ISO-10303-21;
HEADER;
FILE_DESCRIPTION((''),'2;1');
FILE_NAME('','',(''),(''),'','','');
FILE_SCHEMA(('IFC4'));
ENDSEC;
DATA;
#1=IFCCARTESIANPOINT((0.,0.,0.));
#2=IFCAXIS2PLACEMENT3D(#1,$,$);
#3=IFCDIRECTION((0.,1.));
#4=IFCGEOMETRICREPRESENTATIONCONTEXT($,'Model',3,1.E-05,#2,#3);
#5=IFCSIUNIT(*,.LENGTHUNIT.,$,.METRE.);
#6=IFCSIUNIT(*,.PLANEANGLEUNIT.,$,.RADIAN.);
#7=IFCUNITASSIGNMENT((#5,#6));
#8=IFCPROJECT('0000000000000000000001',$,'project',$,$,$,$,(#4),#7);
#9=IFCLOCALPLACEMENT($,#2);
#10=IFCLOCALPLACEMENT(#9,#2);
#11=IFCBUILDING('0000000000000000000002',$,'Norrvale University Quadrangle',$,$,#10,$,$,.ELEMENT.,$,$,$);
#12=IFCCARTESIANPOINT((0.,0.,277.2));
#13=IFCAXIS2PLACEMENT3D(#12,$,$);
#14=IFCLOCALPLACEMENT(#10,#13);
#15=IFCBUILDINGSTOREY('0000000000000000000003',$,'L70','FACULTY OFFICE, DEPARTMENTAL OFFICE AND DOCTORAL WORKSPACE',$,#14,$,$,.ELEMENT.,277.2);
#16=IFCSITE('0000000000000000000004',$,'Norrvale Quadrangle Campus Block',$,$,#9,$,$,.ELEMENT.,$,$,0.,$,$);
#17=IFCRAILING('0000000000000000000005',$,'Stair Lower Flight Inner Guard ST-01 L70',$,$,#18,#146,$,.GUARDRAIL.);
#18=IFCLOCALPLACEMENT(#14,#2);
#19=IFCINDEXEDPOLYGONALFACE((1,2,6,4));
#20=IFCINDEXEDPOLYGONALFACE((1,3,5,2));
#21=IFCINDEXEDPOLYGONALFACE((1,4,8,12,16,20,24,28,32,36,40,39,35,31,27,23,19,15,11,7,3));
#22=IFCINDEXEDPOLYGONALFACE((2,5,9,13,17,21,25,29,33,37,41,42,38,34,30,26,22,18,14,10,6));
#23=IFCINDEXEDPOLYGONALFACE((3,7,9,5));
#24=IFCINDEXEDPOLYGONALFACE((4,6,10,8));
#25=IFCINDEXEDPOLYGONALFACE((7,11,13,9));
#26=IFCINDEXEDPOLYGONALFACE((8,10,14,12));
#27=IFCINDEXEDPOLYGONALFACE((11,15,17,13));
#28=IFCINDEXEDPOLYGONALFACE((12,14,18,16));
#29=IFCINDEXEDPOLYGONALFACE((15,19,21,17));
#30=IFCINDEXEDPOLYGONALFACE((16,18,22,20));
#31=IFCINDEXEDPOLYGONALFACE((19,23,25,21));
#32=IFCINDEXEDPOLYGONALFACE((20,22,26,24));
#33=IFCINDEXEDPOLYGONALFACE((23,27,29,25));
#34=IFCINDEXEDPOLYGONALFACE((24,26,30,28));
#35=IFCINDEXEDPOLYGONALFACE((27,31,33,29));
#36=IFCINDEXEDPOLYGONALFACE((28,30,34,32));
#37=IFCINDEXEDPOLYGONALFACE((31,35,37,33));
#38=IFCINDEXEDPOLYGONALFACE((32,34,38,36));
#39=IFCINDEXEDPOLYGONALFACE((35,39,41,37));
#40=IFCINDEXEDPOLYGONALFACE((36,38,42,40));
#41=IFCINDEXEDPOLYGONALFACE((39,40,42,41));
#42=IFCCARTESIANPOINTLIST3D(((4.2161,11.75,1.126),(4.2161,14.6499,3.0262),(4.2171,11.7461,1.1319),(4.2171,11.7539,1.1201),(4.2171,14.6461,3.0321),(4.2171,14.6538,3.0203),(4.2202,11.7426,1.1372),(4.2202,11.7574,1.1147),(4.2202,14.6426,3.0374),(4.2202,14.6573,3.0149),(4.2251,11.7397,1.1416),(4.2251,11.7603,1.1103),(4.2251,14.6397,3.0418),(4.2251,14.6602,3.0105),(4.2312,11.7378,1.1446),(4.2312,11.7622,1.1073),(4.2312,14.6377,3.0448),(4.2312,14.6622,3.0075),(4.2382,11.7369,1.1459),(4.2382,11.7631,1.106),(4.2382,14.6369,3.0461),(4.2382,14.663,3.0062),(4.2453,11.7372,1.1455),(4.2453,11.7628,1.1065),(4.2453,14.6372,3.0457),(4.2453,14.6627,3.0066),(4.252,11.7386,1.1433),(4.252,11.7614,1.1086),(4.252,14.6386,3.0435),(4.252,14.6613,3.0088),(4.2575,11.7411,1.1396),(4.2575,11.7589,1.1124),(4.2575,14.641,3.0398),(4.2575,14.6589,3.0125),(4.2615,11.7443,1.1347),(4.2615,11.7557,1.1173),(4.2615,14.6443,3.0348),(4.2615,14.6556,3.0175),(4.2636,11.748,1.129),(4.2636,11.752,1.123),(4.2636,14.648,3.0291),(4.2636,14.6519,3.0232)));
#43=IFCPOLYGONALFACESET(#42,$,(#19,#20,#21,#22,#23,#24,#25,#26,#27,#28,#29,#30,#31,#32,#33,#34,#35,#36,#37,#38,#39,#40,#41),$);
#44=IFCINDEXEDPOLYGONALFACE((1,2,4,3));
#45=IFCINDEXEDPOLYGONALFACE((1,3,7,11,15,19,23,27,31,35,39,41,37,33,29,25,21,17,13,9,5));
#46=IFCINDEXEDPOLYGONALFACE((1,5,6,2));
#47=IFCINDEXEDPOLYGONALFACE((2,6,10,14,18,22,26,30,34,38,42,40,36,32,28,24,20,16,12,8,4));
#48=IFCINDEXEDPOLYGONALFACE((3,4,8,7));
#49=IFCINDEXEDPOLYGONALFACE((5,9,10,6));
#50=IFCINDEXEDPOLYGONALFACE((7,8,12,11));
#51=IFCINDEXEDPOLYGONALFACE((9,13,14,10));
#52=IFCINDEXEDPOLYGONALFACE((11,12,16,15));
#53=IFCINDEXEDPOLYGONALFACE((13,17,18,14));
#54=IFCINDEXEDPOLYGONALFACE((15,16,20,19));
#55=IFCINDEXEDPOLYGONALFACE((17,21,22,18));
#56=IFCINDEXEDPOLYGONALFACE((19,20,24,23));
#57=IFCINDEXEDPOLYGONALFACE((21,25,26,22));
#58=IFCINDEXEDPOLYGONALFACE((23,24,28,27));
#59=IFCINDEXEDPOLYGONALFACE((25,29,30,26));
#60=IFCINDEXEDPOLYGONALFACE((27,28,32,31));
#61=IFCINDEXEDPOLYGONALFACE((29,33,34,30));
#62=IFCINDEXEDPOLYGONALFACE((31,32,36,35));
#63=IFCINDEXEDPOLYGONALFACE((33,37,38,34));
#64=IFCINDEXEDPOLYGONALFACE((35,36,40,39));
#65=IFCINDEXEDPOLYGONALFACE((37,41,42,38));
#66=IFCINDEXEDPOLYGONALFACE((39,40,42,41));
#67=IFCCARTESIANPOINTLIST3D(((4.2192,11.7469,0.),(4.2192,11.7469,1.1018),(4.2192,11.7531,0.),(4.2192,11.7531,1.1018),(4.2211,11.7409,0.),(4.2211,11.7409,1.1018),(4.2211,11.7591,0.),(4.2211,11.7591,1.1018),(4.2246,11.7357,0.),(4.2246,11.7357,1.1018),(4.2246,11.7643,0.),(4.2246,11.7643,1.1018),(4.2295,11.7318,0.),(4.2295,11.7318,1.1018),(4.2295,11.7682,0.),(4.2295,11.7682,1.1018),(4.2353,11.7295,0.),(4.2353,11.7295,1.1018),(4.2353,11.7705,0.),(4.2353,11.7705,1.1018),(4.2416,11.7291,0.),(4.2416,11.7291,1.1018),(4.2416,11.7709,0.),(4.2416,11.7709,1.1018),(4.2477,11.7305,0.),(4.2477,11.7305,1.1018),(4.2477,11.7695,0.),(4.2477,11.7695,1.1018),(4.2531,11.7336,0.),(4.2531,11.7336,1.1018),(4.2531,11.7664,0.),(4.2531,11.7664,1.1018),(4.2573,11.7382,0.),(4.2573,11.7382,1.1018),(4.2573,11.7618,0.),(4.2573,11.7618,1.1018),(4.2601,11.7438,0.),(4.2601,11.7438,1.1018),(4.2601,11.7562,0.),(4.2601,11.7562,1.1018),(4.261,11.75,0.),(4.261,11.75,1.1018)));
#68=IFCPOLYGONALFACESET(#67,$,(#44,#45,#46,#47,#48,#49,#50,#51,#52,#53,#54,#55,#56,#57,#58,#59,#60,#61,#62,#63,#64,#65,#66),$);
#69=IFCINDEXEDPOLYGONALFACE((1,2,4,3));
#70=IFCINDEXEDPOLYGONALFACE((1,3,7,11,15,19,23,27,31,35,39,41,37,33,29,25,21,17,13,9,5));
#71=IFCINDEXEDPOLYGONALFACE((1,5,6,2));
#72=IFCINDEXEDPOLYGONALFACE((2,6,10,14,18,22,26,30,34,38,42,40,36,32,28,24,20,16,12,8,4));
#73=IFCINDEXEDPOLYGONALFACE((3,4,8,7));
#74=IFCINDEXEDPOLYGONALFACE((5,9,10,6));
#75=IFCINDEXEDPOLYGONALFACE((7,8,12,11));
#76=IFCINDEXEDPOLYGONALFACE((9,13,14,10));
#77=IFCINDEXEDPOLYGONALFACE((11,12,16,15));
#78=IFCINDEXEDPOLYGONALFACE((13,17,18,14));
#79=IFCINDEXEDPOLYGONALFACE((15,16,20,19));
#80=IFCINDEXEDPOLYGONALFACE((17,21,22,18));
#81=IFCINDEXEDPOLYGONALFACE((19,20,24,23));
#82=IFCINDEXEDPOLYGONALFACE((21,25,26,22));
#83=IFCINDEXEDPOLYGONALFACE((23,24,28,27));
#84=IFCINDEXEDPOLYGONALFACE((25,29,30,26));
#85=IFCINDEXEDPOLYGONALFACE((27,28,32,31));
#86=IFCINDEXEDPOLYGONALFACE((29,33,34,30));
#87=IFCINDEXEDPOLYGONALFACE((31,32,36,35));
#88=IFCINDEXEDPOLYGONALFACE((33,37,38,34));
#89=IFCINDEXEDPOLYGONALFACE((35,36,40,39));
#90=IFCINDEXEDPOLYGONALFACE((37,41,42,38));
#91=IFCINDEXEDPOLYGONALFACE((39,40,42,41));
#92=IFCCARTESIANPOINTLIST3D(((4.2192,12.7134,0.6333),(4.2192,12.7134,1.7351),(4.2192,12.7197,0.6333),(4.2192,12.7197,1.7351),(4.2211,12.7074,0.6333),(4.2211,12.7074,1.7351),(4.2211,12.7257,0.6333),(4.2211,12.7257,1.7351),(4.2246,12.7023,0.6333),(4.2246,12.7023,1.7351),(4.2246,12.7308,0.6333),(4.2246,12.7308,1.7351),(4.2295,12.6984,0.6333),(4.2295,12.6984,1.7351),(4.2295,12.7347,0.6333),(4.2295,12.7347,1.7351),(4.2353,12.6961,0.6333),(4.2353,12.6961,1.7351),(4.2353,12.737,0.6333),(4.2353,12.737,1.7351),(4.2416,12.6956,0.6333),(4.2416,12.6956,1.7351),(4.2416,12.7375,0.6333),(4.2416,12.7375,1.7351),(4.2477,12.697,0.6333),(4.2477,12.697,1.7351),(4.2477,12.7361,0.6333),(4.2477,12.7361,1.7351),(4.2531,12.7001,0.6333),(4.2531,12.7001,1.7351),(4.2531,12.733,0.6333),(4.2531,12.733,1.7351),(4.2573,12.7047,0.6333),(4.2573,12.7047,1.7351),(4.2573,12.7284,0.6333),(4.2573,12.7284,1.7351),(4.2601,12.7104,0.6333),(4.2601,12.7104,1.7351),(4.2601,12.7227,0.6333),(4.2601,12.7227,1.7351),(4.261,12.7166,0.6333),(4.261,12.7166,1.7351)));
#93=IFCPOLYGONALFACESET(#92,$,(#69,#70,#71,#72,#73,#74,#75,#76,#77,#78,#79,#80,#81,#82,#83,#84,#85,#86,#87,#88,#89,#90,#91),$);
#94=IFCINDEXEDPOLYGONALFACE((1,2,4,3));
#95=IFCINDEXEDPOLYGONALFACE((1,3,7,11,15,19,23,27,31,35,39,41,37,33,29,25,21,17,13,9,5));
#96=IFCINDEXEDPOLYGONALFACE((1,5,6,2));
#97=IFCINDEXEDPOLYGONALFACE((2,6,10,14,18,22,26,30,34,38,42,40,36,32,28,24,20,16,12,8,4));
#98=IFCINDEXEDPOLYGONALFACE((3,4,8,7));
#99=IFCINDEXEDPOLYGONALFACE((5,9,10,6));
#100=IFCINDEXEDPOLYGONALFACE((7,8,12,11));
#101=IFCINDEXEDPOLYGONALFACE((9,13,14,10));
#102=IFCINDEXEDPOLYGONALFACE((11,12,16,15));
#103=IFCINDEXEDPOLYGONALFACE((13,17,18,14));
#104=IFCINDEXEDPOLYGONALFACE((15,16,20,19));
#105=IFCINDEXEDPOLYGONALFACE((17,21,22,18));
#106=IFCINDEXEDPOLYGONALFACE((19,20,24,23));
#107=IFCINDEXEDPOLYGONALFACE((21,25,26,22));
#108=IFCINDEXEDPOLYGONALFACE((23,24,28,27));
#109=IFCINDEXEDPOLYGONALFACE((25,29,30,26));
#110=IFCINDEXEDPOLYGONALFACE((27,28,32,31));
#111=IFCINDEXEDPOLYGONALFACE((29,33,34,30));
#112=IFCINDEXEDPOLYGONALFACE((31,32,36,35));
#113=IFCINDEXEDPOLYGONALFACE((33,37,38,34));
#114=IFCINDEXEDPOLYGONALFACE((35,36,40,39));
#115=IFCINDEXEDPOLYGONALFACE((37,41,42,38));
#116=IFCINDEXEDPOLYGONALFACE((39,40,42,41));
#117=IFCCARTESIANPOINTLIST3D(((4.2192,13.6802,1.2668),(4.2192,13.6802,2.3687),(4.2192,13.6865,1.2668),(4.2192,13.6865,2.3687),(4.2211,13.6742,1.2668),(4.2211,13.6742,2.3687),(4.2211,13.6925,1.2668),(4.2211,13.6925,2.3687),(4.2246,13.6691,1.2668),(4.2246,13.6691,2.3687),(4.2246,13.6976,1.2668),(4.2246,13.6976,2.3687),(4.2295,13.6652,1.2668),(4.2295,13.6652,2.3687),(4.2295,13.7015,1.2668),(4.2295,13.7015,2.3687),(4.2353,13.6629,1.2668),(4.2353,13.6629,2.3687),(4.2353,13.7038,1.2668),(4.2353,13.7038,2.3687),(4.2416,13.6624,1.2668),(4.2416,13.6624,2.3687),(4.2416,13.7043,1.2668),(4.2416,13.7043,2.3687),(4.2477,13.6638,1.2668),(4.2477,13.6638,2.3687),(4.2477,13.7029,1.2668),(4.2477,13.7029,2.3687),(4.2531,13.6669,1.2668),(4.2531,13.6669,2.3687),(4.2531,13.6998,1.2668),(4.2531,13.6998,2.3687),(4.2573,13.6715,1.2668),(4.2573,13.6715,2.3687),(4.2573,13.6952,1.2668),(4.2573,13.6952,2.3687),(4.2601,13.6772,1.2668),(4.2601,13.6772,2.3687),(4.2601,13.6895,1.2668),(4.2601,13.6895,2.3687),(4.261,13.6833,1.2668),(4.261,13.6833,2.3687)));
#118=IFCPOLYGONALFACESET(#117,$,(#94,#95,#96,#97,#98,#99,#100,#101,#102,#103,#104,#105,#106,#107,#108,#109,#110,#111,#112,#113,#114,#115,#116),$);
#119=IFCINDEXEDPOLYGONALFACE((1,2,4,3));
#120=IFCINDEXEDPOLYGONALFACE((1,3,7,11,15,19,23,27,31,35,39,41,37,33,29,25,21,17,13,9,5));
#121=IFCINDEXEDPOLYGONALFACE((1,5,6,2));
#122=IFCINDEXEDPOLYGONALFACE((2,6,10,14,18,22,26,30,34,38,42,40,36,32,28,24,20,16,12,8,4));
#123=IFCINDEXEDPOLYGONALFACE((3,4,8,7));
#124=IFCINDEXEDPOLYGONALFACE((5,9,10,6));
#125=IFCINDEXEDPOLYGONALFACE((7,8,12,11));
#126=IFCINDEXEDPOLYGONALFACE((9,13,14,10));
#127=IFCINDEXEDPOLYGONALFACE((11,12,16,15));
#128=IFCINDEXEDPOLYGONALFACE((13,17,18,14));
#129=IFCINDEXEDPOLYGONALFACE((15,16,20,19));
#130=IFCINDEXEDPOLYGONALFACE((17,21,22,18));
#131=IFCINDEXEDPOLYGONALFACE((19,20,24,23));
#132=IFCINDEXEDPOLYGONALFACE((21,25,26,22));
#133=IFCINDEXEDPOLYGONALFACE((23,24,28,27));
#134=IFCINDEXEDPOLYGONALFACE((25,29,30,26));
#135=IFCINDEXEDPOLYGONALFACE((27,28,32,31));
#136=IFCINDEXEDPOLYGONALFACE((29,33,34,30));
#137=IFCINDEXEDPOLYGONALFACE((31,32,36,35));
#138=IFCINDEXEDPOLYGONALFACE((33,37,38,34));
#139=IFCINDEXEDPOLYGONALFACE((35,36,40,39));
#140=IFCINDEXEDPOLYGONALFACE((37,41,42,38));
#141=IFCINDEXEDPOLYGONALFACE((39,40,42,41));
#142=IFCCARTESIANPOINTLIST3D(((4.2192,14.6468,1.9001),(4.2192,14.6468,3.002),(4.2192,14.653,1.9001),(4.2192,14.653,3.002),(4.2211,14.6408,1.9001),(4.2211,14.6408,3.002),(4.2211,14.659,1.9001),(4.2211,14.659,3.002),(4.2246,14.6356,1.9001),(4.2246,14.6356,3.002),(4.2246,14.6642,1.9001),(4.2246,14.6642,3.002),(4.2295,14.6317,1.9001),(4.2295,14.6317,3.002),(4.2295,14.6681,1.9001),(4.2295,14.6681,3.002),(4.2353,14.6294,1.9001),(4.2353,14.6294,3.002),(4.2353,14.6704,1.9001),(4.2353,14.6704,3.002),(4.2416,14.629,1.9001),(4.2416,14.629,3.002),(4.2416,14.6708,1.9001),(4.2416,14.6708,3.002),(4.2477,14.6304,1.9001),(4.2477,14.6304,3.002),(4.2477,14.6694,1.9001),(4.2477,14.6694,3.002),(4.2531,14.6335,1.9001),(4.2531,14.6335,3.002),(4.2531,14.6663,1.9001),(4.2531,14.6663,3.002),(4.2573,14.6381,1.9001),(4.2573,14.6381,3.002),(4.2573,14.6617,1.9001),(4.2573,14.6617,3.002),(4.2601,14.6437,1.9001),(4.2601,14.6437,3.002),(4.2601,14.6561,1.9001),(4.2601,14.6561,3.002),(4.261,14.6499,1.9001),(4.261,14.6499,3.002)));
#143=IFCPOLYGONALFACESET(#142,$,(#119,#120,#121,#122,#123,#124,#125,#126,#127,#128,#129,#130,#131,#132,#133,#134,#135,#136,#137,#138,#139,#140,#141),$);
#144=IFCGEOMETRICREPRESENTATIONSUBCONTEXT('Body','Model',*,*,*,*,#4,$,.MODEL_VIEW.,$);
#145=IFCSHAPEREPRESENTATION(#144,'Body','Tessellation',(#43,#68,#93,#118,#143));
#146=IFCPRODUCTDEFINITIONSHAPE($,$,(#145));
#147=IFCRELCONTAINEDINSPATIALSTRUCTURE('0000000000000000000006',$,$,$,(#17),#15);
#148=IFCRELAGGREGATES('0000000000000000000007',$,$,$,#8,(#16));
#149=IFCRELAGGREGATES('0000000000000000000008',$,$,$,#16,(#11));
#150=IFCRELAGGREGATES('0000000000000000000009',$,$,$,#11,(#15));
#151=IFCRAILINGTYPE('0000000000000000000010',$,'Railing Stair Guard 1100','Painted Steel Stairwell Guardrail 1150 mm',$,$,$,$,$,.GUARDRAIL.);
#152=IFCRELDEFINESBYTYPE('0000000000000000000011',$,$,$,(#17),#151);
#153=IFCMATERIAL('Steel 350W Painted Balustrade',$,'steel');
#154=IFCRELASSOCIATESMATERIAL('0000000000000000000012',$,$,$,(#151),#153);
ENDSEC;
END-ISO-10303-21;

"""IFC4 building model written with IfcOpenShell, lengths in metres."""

from ifc_helpers import new_model, si_unit, direction, frame, origin, origin_2d, place, context, subcontext, project, spatial, circle, extrude, material, type_object, element, save


model = new_model("IFC4")

# Units and contexts
model_context = context("Model", 3, precision=1e-05, world=origin(), true_north=direction((0.0, 1.0)))
body_context = subcontext(model_context, "Body", "Model", "MODEL_VIEW")
ifc_project = project(units=[si_unit("LENGTHUNIT", "METRE"), si_unit("PLANEANGLEUNIT", "RADIAN")], contexts=[model_context])

# Site, building, storey
site_placement = place(None, origin())
site = spatial("IfcSite", under=ifc_project, at=site_placement, Name="Norrvale Quadrangle Campus Block", CompositionType="ELEMENT", RefElevation=0.0)
building_placement = place(site_placement, origin())
building = spatial("IfcBuilding", under=site, at=building_placement, Name="Norrvale University Quadrangle", CompositionType="ELEMENT")
storey_placement = place(building_placement, frame((0.0, 0.0, 277.2)))
storey = spatial("IfcBuildingStorey", under=building, at=storey_placement, Name="L70", Description="FACULTY OFFICE, DEPARTMENTAL OFFICE AND DOCTORAL WORKSPACE", CompositionType="ELEMENT", Elevation=277.2)

# Railing
ifc_material_1 = material(Name="Steel 350W Painted Balustrade", Category="steel")
railing_type_1 = type_object("IfcRailingType", Name="Railing Stair Guard 1100", Description="Painted Steel Stairwell Guardrail 1150 mm", PredefinedType="GUARDRAIL", material=ifc_material_1)
railing_1_placement = place(storey_placement, frame((4.24, 11.75, 0.0)))
element("IfcRailing", 1, at=railing_1_placement, inside=storey, type_object=railing_type_1, Name="Stair Lower Flight Inner Guard ST-01 L70", PredefinedType="GUARDRAIL", context=body_context, shape_type="SweptSolid", body=[
    extrude(circle(Radius=0.0239, at=origin_2d()), frame((0.0, 0.0, 1.126), z_axis=(0.0, 0.836433, 0.548069), x_axis=(-1.0, 0.0, 0.0)), (0.0, 0.0, 1.0), 3.467),
    extrude(circle(Radius=0.021, at=origin_2d()), origin(), (0.0, 0.0, 1.0), 1.1018),
    extrude(circle(Radius=0.021, at=origin_2d()), frame((0.0, 0.9666, 0.6333)), (0.0, 0.0, 1.0), 1.1018),
    extrude(circle(Radius=0.021, at=origin_2d()), frame((0.0, 1.9333, 1.2668)), (0.0, 0.0, 1.0), 1.1018),
    extrude(circle(Radius=0.021, at=origin_2d()), frame((0.0, 2.8999, 1.9001)), (0.0, 0.0, 1.0), 1.1018),
])

save(model, "model.ifc")
